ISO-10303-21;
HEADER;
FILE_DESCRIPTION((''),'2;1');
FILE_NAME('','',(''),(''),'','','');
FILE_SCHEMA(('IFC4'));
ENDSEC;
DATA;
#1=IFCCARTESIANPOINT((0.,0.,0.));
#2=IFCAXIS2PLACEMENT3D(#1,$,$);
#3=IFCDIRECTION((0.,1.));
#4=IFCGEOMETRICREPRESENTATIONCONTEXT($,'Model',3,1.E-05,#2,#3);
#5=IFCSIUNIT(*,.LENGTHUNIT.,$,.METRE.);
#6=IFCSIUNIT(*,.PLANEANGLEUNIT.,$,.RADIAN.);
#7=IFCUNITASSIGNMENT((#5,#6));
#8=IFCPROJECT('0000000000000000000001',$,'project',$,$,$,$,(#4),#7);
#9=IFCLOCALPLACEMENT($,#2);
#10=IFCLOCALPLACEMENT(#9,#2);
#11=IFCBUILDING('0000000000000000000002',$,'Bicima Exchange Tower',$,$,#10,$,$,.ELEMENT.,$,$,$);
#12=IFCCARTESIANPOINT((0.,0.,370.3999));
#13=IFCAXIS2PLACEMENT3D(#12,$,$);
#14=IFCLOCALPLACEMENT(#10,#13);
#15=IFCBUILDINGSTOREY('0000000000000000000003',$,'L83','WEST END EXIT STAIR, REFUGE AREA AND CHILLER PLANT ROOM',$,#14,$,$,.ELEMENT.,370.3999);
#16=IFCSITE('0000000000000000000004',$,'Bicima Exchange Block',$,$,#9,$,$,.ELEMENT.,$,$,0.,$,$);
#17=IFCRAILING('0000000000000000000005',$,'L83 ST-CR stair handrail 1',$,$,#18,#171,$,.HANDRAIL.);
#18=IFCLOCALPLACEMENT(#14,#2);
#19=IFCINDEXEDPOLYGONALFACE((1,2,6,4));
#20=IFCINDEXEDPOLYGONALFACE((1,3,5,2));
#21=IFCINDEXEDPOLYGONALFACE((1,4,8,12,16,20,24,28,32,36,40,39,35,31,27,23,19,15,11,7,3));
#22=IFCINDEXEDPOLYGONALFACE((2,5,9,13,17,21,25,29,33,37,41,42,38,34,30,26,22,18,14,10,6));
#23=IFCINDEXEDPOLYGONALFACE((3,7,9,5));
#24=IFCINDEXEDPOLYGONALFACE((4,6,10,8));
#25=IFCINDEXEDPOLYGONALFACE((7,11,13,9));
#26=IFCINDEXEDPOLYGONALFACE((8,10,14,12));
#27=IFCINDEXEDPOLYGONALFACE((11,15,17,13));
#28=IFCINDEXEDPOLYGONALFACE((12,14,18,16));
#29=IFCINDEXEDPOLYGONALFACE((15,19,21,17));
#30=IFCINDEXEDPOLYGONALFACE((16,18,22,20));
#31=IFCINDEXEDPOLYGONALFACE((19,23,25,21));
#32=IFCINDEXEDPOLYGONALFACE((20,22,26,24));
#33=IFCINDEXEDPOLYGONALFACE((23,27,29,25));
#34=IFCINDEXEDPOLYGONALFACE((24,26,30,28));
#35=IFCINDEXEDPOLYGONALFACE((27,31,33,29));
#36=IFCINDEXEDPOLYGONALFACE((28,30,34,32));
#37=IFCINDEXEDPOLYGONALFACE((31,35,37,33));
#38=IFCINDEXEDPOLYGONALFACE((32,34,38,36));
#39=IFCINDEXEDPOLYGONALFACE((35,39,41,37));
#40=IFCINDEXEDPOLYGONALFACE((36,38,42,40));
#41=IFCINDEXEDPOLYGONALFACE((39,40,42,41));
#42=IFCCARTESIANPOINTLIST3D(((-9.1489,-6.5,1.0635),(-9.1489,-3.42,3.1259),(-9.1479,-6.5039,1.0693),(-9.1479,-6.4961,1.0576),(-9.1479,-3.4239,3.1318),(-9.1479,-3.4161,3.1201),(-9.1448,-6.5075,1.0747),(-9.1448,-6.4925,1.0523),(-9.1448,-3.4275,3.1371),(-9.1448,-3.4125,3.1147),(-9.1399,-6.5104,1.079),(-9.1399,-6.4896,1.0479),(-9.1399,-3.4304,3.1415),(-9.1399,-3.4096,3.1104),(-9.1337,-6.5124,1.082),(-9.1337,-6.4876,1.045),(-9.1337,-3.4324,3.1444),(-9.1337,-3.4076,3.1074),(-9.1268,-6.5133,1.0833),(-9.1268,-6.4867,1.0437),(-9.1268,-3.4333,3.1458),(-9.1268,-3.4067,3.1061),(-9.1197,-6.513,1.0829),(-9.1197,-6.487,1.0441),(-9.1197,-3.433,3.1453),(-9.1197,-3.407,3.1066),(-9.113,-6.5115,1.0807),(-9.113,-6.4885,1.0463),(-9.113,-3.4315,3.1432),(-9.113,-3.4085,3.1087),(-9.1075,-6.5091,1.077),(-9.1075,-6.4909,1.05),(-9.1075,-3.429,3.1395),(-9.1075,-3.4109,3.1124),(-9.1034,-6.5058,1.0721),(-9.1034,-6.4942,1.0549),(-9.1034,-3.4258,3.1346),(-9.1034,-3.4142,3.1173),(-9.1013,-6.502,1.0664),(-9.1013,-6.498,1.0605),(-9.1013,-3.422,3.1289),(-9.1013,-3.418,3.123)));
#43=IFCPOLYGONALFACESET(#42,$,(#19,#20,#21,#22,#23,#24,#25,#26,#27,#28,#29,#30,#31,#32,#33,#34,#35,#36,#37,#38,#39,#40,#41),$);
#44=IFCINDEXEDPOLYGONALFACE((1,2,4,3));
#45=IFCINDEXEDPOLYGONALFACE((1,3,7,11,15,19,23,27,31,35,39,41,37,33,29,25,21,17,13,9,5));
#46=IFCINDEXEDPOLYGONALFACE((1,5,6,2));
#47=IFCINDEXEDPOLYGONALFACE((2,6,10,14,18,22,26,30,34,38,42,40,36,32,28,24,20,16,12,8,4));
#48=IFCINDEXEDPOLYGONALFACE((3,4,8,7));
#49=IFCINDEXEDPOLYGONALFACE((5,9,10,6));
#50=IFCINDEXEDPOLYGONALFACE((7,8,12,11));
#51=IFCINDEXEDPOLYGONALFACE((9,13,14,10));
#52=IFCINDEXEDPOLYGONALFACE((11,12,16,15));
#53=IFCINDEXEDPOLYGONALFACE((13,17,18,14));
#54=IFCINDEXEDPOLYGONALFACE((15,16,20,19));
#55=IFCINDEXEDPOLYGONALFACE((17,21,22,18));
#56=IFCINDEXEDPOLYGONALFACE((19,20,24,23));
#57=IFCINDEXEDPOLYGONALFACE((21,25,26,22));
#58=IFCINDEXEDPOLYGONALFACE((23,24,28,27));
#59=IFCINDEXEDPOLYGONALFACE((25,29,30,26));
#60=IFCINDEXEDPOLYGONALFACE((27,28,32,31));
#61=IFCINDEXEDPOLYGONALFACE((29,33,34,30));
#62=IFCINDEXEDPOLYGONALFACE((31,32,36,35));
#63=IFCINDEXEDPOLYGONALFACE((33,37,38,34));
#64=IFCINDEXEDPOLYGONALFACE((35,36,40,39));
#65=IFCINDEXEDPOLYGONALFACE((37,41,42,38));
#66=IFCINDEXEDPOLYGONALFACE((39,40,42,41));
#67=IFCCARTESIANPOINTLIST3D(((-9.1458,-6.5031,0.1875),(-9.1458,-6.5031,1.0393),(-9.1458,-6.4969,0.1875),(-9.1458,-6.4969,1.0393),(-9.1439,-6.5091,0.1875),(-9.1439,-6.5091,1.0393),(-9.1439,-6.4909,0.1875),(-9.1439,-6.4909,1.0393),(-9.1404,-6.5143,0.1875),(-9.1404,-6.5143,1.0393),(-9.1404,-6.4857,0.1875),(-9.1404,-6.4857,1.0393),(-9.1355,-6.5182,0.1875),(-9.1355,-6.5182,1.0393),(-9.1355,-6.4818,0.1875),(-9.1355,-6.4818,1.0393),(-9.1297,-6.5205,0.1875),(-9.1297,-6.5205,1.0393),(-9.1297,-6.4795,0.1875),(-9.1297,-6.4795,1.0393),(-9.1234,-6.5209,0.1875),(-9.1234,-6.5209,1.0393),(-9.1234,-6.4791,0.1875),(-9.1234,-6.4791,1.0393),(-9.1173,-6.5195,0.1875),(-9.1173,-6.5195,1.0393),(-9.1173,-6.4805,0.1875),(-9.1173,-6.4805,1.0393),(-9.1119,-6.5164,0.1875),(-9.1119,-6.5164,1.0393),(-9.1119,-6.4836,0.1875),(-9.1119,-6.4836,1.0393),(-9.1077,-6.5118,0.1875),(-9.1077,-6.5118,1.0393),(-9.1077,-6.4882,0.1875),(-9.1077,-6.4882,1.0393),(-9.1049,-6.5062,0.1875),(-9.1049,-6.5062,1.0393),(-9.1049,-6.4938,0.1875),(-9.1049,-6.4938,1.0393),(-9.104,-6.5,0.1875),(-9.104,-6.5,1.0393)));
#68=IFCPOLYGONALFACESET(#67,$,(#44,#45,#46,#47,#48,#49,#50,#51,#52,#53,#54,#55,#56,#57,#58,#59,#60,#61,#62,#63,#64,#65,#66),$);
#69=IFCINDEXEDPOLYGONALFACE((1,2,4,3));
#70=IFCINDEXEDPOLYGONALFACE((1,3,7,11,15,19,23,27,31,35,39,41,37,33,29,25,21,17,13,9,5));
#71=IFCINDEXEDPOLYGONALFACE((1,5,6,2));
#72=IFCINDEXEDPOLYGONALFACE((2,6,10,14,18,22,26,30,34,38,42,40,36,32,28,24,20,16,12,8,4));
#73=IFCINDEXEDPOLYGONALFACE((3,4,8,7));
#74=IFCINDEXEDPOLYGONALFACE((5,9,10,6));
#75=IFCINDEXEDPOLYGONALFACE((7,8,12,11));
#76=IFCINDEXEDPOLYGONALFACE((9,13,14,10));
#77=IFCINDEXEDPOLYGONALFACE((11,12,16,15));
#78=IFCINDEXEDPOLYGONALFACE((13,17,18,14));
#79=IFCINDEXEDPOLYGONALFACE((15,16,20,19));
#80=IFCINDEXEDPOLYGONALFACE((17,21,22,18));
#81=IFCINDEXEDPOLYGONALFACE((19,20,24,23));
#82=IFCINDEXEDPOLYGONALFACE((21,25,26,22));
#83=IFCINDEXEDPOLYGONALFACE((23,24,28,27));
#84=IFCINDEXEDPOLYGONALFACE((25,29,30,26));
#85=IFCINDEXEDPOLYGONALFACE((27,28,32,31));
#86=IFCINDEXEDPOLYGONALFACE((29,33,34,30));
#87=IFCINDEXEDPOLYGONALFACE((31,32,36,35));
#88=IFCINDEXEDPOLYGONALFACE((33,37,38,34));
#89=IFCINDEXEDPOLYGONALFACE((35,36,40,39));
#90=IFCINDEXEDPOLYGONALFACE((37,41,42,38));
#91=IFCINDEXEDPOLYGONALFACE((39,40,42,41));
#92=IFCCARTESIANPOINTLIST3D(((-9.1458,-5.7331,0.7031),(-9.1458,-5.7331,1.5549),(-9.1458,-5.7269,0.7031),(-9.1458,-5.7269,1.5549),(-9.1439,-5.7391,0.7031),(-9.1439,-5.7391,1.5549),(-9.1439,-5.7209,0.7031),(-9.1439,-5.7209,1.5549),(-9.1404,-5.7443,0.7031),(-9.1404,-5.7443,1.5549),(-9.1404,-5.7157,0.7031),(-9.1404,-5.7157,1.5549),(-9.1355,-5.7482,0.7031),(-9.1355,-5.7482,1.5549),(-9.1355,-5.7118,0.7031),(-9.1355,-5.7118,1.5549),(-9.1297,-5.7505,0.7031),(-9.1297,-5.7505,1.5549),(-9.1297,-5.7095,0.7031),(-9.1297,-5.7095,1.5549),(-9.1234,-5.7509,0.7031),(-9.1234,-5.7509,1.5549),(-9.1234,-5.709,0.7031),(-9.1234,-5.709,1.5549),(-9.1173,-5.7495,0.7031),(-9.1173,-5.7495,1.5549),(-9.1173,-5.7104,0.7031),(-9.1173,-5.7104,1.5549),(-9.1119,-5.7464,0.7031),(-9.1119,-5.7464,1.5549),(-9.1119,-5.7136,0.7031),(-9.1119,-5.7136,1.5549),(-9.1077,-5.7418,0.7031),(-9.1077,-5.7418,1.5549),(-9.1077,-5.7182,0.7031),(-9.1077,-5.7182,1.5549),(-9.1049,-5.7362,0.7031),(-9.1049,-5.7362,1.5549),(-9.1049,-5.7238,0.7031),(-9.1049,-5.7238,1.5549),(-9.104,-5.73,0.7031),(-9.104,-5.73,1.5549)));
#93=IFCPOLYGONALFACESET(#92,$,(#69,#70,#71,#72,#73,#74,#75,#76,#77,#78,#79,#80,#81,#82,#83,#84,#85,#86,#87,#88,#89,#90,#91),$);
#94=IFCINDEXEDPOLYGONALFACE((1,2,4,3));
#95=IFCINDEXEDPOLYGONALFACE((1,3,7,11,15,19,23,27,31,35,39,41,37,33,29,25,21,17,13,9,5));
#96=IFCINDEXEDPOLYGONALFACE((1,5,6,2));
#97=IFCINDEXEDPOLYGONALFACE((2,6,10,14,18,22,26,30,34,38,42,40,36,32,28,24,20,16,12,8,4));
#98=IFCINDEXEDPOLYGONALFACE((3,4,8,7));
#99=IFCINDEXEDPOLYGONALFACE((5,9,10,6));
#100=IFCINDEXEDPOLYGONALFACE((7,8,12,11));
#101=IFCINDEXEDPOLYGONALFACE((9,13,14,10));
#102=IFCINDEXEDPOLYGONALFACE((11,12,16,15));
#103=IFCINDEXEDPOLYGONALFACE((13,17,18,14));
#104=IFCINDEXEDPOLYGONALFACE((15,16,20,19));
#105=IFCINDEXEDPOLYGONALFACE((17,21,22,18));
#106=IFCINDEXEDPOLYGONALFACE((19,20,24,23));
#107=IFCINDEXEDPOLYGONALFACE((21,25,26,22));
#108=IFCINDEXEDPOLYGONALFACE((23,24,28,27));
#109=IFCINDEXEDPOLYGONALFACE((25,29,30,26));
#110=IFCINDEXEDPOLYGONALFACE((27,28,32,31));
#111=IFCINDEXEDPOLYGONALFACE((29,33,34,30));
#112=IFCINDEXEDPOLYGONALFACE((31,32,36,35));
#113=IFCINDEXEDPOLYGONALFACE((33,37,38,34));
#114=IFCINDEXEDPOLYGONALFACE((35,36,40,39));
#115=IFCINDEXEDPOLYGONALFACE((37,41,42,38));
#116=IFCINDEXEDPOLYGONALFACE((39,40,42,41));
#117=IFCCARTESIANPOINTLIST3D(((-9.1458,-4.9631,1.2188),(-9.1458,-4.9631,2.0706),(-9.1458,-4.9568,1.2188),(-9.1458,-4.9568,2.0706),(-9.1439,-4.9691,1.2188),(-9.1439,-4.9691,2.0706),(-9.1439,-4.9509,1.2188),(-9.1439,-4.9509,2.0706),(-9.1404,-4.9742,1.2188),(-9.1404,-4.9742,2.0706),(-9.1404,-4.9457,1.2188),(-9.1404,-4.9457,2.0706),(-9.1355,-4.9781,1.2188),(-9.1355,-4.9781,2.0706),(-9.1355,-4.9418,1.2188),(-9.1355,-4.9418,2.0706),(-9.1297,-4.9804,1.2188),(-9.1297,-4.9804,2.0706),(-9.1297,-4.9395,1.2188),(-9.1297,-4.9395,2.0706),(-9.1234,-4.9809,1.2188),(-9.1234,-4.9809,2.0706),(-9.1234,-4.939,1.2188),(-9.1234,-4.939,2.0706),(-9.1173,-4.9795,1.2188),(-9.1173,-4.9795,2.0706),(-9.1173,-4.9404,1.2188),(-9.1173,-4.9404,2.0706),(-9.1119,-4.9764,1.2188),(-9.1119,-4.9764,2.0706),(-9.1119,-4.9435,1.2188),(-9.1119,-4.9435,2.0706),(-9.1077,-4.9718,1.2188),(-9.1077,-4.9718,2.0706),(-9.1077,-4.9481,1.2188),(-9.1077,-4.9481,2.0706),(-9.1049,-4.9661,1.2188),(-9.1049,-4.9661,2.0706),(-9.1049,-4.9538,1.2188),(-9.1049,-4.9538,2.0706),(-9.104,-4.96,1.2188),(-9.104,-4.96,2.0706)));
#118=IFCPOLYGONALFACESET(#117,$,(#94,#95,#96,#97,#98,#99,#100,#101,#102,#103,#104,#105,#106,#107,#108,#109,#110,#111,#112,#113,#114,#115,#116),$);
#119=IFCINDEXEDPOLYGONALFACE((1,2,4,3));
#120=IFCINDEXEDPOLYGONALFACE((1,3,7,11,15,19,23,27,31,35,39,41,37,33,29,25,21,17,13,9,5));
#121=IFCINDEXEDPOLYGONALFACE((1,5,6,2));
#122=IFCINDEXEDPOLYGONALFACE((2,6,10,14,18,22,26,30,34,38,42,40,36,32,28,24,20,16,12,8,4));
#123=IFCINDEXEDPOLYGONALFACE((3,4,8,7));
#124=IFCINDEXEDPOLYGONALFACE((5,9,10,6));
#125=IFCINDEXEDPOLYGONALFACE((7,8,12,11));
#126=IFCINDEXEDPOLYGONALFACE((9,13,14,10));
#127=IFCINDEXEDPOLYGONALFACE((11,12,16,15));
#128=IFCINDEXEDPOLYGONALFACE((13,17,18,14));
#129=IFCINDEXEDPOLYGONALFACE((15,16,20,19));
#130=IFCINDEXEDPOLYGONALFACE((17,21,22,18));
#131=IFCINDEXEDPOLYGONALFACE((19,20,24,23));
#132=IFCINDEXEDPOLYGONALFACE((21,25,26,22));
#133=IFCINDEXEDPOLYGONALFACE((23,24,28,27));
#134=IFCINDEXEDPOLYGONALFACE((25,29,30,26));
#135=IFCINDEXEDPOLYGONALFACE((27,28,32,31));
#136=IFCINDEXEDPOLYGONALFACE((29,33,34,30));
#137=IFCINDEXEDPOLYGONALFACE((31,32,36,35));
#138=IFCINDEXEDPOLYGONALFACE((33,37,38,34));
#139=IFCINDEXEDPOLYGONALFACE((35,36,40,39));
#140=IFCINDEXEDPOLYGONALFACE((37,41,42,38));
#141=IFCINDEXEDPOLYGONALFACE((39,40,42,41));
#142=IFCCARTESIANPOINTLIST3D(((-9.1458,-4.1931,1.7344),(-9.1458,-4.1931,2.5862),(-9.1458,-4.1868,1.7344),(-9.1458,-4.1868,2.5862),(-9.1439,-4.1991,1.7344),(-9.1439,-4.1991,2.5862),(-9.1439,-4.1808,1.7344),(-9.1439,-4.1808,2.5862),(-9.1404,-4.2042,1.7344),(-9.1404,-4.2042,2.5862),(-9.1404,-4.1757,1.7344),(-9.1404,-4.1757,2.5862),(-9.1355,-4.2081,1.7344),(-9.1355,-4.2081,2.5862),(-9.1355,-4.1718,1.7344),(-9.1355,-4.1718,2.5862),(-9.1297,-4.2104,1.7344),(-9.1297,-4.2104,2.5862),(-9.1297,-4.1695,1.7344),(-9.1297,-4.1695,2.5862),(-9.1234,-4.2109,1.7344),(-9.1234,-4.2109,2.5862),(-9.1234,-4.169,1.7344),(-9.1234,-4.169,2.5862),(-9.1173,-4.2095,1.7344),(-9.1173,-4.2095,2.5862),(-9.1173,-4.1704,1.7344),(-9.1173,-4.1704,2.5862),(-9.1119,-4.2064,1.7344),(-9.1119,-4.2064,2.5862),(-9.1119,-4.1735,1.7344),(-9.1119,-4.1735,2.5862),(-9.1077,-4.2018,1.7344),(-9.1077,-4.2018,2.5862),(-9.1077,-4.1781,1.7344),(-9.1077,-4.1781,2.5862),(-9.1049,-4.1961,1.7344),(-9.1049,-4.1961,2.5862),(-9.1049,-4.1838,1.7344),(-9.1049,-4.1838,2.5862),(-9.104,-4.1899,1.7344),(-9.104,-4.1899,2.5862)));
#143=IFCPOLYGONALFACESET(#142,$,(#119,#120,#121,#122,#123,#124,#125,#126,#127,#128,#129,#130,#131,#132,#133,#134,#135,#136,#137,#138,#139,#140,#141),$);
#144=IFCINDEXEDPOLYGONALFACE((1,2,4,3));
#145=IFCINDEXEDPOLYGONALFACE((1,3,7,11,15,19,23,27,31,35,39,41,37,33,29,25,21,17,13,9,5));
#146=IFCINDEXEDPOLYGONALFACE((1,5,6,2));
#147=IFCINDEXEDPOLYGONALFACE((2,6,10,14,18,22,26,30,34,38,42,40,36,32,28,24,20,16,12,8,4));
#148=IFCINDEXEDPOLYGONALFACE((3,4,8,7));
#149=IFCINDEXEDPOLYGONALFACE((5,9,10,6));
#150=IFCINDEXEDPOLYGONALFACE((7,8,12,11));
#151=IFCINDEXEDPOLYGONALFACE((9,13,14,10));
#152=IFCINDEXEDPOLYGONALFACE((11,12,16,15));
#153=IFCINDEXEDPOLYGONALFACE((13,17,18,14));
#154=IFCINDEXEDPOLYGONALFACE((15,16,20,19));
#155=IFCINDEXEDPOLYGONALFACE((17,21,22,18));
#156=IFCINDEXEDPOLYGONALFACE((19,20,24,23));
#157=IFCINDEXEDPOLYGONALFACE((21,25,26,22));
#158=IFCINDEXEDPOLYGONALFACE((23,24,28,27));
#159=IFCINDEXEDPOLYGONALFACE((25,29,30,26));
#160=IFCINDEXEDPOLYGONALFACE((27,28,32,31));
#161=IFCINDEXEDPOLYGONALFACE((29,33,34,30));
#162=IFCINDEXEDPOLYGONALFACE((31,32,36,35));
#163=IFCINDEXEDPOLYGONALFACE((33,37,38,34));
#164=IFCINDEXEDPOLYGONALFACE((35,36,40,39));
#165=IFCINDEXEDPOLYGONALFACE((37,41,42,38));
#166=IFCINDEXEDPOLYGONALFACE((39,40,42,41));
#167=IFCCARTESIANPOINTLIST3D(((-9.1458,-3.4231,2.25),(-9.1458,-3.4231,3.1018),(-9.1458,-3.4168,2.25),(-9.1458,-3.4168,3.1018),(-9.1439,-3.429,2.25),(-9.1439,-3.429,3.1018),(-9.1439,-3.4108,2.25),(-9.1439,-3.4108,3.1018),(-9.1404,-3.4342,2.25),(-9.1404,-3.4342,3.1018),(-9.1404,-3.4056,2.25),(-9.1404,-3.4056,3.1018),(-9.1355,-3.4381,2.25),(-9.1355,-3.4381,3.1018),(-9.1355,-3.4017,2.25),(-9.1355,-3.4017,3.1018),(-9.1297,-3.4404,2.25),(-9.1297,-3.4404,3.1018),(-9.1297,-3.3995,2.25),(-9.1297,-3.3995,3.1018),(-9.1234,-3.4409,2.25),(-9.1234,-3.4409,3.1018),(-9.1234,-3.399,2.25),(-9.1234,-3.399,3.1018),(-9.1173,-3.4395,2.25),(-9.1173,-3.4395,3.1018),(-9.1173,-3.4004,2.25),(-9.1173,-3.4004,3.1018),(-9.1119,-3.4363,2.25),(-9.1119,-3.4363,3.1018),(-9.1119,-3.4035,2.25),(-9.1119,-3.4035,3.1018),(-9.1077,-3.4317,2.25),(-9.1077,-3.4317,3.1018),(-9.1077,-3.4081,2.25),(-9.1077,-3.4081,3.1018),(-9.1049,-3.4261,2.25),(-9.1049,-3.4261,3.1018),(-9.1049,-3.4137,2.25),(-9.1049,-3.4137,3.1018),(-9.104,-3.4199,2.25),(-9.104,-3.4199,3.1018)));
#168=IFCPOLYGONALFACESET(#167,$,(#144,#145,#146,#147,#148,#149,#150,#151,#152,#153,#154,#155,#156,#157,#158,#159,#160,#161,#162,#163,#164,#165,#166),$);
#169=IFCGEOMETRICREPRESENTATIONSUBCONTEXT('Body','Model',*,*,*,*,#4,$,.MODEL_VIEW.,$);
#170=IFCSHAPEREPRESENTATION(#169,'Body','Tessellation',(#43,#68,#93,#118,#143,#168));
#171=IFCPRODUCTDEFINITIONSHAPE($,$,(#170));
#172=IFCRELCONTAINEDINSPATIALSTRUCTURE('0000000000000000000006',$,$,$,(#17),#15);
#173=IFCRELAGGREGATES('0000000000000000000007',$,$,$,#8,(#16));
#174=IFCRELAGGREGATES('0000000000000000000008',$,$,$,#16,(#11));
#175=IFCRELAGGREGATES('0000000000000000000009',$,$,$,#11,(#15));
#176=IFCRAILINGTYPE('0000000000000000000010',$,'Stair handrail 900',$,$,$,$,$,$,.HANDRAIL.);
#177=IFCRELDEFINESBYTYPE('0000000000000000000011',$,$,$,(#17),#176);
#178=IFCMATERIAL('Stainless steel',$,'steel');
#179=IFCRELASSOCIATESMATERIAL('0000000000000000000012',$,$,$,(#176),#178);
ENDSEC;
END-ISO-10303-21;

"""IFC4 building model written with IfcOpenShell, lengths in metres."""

from ifc_helpers import new_model, si_unit, direction, frame, origin, origin_2d, place, context, subcontext, project, spatial, circle, extrude, material, type_object, element, save


model = new_model("IFC4")

# Units and contexts
model_context = context("Model", 3, precision=1e-05, world=origin(), true_north=direction((0.0, 1.0)))
body_context = subcontext(model_context, "Body", "Model", "MODEL_VIEW")
ifc_project = project(units=[si_unit("LENGTHUNIT", "METRE"), si_unit("PLANEANGLEUNIT", "RADIAN")], contexts=[model_context])

# Site, building, storey
site_placement = place(None, origin())
site = spatial("IfcSite", under=ifc_project, at=site_placement, Name="Bicima Exchange Block", CompositionType="ELEMENT", RefElevation=0.0)
building_placement = place(site_placement, origin())
building = spatial("IfcBuilding", under=site, at=building_placement, Name="Bicima Exchange Tower", CompositionType="ELEMENT")
storey_placement = place(building_placement, frame((0.0, 0.0, 370.3999)))
storey = spatial("IfcBuildingStorey", under=building, at=storey_placement, Name="L83", Description="WEST END EXIT STAIR, REFUGE AREA AND CHILLER PLANT ROOM", CompositionType="ELEMENT", Elevation=370.3999)

# Railing
ifc_material_1 = material(Name="Stainless steel", Category="steel")
railing_type_1 = type_object("IfcRailingType", Name="Stair handrail 900", PredefinedType="HANDRAIL", material=ifc_material_1)
railing_1_placement = place(storey_placement, frame((-9.125, -6.5, 0.1875)))
element("IfcRailing", 1, at=railing_1_placement, inside=storey, type_object=railing_type_1, Name="L83 ST-CR stair handrail 1", PredefinedType="HANDRAIL", context=body_context, shape_type="SweptSolid", body=[
    extrude(circle(Radius=0.0239, at=origin_2d()), frame((0.0, 0.0, 0.876), z_axis=(0.0, 0.830914, 0.556401), x_axis=(-1.0, 0.0, 0.0)), (0.0, 0.0, 1.0), 3.7068),
    extrude(circle(Radius=0.021, at=origin_2d()), origin(), (0.0, 0.0, 1.0), 0.8518),
    extrude(circle(Radius=0.021, at=origin_2d()), frame((0.0, 0.77, 0.5156)), (0.0, 0.0, 1.0), 0.8518),
    extrude(circle(Radius=0.021, at=origin_2d()), frame((0.0, 1.54, 1.0312)), (0.0, 0.0, 1.0), 0.8518),
    extrude(circle(Radius=0.021, at=origin_2d()), frame((0.0, 2.3101, 1.5469)), (0.0, 0.0, 1.0), 0.8518),
    extrude(circle(Radius=0.021, at=origin_2d()), frame((0.0, 3.0801, 2.0625)), (0.0, 0.0, 1.0), 0.8518),
])

save(model, "model.ifc")
